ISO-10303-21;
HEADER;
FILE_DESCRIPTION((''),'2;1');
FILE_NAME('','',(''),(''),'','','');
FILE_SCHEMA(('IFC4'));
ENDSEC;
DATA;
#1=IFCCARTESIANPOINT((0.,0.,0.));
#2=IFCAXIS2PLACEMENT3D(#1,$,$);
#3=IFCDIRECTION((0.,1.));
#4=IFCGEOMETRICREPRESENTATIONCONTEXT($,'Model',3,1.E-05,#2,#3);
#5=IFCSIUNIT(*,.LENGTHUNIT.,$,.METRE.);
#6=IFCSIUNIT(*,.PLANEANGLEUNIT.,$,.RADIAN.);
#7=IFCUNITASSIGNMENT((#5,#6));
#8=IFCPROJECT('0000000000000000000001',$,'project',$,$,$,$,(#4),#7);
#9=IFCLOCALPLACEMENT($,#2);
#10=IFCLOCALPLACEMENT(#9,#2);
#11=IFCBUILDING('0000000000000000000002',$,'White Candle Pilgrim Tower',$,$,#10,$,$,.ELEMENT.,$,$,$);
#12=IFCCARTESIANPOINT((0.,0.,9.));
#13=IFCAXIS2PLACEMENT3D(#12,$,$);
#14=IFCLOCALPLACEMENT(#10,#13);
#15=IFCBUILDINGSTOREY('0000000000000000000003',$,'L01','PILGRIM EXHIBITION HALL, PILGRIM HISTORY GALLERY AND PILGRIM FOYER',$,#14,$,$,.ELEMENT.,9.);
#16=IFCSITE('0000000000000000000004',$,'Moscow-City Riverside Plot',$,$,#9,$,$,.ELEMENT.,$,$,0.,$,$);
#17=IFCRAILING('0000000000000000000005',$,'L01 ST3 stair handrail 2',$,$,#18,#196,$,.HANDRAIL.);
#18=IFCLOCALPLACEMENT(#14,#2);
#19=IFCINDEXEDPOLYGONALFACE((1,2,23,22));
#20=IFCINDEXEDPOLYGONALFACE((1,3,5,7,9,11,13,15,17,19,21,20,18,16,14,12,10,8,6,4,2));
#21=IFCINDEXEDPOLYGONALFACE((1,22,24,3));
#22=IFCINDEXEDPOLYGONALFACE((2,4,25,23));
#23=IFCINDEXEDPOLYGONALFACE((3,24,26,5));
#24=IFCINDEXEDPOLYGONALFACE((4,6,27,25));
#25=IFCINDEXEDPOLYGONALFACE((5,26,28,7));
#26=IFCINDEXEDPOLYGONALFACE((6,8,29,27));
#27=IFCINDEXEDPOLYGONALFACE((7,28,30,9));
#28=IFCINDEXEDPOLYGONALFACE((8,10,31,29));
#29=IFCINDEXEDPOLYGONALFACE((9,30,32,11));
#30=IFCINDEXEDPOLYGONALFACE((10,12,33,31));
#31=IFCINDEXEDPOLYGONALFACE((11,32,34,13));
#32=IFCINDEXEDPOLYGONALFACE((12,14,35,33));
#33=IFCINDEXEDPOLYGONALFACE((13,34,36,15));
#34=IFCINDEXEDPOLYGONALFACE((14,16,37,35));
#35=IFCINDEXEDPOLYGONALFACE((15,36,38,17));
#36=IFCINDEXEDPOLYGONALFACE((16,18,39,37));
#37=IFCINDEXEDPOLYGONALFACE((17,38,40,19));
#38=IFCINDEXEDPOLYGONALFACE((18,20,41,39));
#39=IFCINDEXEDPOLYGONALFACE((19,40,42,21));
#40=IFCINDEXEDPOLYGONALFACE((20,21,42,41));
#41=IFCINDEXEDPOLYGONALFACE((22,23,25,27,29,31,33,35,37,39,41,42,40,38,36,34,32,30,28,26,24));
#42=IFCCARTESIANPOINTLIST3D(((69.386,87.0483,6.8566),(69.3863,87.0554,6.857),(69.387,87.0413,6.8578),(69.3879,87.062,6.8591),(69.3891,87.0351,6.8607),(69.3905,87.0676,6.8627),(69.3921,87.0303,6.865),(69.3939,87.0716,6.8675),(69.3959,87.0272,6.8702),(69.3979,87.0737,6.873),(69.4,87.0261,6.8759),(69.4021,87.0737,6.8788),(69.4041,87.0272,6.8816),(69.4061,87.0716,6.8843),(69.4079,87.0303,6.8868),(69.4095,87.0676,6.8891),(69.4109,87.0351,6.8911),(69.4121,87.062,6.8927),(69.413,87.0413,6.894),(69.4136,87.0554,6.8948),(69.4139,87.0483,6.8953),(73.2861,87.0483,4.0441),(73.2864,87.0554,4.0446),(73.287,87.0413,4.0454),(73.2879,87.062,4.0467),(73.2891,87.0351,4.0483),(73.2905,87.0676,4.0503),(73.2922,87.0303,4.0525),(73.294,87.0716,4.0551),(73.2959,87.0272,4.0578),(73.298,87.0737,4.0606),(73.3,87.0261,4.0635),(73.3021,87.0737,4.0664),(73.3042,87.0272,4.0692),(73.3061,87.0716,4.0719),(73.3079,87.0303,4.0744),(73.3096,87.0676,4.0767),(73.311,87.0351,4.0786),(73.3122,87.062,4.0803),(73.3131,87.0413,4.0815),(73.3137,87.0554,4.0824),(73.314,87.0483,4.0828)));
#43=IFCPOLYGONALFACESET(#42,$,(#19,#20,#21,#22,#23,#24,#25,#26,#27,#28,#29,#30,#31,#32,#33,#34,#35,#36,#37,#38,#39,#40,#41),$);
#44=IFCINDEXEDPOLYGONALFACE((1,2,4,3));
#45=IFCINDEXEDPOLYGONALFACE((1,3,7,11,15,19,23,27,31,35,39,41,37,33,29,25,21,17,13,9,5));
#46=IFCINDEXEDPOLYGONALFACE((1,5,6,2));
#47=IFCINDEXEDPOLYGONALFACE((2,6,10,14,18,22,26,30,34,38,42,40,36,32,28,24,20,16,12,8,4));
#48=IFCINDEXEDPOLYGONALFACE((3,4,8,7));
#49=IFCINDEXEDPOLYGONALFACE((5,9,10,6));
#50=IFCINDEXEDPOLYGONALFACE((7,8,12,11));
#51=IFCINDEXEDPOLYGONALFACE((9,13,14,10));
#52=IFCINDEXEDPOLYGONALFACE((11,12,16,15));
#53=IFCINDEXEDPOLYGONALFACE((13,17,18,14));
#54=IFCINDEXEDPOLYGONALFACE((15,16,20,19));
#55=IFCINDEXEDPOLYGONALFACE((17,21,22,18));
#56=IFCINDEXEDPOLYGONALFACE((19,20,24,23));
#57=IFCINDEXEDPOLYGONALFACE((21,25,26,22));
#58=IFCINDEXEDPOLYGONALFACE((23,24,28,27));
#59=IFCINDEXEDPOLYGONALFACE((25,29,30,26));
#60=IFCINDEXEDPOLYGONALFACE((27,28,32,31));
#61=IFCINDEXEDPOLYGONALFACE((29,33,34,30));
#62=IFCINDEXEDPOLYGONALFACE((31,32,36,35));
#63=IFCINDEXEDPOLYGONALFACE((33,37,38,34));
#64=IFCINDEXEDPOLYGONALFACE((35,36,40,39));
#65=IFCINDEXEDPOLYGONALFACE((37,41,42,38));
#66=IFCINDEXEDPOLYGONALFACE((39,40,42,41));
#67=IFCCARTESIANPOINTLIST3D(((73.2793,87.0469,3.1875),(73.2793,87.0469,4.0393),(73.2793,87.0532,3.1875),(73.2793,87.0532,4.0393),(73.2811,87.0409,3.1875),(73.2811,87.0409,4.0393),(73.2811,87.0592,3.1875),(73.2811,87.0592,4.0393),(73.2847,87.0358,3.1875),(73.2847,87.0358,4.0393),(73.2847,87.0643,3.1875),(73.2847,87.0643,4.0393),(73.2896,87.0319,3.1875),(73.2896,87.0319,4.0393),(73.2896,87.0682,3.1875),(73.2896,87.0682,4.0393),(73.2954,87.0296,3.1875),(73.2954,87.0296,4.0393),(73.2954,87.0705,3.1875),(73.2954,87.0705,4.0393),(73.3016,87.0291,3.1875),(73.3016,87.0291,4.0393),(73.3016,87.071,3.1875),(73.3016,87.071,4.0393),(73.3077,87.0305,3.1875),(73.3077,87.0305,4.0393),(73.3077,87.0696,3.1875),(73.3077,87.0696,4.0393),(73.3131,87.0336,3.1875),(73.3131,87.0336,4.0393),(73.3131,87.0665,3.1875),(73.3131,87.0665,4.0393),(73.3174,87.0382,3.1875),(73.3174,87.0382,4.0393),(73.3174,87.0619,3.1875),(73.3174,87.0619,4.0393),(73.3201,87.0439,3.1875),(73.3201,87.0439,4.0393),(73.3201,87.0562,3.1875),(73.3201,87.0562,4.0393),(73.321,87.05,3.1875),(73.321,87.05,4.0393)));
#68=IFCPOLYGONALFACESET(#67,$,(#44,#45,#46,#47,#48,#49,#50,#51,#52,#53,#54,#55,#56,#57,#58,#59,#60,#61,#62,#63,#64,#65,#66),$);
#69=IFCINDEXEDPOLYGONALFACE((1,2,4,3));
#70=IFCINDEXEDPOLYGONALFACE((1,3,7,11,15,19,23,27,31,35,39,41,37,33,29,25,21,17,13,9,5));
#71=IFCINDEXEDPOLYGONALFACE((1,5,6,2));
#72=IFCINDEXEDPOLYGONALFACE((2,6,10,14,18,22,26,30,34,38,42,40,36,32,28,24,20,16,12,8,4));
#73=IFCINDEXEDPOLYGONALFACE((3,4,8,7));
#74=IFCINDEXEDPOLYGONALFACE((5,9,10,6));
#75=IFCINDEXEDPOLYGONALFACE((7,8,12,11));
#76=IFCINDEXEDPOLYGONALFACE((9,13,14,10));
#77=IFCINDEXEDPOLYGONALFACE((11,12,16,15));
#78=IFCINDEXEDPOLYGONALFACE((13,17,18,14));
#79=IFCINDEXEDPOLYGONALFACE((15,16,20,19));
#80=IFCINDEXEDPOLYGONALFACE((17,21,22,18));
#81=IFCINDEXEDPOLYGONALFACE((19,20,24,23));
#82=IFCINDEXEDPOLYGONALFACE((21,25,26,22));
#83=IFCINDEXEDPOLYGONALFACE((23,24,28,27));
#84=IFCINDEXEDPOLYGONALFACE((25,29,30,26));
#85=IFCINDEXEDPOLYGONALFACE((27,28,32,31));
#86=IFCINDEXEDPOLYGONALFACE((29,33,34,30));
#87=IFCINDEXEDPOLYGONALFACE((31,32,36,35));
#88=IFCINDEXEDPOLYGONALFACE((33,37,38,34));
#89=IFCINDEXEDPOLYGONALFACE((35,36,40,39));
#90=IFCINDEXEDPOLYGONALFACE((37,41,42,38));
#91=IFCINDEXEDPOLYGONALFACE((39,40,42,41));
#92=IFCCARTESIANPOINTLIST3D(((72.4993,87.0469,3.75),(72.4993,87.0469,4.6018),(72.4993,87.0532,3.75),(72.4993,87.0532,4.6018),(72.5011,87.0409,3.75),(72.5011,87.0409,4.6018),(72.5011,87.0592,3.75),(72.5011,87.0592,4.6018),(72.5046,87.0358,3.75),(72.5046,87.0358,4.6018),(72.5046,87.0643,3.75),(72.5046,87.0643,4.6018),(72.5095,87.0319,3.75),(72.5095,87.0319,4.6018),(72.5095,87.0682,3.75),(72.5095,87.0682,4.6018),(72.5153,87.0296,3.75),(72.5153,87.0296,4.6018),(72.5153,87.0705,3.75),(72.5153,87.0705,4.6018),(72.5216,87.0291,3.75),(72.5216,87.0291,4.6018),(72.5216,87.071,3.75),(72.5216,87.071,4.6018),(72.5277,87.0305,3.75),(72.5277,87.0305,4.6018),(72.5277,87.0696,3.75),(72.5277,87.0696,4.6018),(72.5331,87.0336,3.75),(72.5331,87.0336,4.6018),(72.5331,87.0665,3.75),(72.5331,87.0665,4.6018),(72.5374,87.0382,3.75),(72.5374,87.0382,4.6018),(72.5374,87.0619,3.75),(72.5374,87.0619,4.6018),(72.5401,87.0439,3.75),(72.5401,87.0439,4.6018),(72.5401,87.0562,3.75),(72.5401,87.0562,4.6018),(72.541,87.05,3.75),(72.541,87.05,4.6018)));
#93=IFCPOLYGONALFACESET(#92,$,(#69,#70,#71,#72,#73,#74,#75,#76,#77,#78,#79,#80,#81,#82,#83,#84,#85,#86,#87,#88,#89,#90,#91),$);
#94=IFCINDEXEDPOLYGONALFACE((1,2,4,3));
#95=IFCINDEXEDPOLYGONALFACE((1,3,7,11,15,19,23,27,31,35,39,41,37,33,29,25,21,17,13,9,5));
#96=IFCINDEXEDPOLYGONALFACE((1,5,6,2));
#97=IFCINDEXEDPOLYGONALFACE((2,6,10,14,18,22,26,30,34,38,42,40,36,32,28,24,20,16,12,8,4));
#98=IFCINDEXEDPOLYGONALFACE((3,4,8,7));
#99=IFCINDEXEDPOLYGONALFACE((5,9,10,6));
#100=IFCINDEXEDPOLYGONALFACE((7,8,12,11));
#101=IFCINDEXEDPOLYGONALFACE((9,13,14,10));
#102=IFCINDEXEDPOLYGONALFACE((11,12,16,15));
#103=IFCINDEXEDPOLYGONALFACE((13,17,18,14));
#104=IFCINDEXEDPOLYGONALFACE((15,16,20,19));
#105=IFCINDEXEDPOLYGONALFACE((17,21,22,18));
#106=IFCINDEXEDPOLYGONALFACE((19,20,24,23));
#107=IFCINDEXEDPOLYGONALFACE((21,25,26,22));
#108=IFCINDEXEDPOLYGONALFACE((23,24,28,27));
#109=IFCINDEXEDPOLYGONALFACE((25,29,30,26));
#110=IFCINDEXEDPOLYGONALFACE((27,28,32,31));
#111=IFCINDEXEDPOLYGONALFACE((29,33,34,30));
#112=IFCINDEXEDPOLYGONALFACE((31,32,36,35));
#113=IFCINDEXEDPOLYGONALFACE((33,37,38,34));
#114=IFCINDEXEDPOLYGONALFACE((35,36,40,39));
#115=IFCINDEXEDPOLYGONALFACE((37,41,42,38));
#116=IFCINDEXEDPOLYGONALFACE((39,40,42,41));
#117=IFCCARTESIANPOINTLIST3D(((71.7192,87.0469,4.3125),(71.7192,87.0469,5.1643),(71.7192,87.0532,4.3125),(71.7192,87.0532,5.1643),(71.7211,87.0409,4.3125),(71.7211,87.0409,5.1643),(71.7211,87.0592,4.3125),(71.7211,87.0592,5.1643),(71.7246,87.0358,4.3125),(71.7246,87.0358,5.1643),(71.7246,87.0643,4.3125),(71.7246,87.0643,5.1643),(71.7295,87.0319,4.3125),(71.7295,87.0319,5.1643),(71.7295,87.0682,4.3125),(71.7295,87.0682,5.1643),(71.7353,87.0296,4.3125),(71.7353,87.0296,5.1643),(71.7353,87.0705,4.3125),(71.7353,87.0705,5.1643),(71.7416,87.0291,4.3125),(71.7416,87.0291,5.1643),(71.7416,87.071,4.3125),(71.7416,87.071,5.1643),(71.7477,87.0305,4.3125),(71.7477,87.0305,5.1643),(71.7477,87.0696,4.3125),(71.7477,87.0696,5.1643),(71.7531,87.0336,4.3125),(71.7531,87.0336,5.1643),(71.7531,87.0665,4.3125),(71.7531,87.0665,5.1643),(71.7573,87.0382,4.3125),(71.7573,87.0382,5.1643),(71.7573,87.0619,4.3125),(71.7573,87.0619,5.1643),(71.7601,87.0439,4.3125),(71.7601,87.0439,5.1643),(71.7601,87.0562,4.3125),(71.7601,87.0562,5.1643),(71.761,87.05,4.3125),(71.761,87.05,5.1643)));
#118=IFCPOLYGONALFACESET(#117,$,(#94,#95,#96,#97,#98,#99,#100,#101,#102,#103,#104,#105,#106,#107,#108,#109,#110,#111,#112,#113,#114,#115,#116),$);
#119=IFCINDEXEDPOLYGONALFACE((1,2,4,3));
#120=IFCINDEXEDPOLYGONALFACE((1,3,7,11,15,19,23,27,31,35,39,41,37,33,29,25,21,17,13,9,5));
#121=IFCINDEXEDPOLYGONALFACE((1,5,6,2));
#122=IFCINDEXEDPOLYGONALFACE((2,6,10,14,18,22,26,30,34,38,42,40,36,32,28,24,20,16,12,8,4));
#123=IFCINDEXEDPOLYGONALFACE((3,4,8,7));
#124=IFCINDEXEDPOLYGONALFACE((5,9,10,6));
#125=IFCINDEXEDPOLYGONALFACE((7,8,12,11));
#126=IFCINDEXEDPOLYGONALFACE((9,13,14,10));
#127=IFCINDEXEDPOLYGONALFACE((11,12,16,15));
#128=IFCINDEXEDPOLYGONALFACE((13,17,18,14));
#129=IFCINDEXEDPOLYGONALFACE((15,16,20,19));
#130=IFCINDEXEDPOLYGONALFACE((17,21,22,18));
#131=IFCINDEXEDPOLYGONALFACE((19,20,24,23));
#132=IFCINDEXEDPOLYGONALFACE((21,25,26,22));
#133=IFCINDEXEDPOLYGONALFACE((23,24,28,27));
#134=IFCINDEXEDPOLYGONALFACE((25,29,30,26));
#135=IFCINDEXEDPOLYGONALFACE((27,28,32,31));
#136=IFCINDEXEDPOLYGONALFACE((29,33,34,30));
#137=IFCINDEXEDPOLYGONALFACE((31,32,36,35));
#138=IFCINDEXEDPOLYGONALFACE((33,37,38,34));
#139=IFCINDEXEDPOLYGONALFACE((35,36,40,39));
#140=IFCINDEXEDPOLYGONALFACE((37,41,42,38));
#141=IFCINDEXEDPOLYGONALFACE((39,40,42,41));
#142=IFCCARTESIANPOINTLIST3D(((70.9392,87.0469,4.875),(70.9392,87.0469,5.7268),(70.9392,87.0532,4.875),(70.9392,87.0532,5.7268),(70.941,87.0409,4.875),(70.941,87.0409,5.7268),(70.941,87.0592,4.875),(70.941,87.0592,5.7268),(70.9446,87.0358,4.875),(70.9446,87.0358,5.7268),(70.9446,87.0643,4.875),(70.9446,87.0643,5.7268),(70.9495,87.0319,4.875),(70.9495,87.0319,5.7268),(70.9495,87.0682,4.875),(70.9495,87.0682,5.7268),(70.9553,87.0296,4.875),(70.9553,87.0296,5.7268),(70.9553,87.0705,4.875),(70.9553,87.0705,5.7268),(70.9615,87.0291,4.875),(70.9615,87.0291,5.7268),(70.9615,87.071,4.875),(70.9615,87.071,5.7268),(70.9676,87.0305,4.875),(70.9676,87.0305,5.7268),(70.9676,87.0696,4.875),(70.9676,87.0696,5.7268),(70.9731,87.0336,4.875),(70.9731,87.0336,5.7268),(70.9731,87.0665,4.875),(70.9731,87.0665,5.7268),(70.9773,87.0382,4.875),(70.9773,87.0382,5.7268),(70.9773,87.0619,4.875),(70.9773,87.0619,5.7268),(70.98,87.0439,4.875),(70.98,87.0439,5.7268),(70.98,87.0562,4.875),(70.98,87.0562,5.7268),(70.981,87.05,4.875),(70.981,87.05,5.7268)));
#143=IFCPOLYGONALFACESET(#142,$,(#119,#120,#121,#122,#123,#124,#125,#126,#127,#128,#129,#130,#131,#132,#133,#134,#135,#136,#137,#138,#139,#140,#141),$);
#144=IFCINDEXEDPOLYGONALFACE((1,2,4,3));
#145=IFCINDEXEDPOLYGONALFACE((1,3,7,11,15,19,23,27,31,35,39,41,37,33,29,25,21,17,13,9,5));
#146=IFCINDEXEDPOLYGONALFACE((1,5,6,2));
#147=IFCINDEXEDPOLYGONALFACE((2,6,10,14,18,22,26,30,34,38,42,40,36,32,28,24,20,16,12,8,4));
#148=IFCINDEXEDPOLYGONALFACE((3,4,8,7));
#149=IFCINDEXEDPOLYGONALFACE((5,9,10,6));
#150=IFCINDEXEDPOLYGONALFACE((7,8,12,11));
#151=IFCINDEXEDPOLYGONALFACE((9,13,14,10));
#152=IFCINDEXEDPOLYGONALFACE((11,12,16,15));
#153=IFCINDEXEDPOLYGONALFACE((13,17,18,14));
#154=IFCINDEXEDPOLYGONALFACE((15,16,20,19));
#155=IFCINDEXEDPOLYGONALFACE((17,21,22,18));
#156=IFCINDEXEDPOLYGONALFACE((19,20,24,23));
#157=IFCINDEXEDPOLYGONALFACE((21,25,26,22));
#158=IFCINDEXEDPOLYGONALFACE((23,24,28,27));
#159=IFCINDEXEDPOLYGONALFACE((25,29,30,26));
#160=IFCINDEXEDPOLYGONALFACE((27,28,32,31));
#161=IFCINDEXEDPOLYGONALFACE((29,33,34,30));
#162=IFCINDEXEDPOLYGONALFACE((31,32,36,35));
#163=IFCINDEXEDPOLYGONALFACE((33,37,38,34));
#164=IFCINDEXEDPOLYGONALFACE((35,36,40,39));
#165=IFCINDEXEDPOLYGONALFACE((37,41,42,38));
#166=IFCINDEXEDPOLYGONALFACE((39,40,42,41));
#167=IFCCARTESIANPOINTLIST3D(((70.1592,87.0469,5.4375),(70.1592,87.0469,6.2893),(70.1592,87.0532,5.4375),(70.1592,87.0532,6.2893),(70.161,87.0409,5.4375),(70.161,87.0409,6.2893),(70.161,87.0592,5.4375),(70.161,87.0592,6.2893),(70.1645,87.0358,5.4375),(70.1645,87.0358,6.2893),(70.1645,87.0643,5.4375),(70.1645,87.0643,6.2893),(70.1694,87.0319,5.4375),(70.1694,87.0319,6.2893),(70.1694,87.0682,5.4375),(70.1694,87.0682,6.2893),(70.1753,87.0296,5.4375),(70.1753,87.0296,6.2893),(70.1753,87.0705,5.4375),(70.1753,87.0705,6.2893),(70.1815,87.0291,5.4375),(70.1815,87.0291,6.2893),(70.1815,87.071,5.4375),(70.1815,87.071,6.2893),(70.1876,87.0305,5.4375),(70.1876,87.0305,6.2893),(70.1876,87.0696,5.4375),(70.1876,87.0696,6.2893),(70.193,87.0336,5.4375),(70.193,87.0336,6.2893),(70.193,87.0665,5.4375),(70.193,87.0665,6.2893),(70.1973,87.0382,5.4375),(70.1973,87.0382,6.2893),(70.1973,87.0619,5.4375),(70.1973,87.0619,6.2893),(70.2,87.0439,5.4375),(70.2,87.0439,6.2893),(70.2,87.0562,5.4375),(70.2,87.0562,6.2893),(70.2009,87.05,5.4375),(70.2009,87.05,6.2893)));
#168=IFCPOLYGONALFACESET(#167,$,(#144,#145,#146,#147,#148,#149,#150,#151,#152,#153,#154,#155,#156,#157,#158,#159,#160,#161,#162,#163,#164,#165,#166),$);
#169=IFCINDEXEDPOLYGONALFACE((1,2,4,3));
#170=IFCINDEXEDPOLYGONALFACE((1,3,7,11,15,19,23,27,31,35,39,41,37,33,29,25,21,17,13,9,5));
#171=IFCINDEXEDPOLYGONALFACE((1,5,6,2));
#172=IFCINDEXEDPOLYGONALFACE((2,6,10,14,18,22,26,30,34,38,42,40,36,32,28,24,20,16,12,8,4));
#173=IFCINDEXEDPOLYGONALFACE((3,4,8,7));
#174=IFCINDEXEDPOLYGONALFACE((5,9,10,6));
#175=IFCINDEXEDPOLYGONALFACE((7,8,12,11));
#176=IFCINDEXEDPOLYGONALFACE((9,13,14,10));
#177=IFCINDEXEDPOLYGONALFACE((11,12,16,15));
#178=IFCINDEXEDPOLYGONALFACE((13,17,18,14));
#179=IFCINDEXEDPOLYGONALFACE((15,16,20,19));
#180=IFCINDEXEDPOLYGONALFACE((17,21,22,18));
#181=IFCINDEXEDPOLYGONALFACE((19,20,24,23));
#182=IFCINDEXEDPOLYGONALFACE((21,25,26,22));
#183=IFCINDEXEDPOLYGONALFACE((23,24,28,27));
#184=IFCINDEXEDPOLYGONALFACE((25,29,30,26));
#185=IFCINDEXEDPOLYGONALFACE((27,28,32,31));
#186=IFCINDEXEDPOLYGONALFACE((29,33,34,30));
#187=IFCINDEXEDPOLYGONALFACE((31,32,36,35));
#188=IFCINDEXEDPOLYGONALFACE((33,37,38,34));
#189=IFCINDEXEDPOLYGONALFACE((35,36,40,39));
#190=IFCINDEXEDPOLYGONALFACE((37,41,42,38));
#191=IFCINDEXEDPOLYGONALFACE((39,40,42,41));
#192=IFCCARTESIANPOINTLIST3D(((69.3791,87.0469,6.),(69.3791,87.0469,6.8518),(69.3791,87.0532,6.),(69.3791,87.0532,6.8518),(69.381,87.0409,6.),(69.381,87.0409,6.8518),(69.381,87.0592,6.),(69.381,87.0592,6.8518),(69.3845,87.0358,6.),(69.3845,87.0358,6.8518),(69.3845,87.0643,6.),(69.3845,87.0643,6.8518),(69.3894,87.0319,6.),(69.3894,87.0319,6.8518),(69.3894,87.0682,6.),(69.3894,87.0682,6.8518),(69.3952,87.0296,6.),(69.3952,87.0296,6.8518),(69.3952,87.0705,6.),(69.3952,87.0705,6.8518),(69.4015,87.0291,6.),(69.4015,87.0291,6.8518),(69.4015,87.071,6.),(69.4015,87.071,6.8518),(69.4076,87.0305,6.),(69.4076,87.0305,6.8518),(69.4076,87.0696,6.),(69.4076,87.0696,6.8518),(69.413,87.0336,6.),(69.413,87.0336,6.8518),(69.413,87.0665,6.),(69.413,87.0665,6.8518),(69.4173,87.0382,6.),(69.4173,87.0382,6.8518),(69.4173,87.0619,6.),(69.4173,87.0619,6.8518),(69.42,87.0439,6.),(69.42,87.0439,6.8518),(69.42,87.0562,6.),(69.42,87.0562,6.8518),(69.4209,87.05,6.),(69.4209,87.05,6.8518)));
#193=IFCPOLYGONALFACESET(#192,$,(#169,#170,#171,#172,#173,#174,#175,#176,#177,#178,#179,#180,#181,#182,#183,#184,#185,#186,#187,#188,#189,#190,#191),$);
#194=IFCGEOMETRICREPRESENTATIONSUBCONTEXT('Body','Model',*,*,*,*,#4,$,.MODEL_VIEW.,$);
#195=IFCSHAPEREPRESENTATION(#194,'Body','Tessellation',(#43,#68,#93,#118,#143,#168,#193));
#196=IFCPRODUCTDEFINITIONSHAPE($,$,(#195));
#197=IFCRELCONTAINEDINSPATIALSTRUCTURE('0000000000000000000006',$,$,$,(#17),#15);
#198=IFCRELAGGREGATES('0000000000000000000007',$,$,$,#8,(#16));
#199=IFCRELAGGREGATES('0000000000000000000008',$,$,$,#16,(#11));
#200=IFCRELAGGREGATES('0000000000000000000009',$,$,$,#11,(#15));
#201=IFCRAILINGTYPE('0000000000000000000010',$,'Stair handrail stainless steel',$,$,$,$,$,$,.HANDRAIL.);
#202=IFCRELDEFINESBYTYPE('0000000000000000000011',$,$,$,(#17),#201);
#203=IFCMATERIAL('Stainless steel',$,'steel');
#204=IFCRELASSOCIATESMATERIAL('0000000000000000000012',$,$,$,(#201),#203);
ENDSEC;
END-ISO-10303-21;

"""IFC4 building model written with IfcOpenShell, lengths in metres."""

from ifc_helpers import new_model, si_unit, direction, frame, origin, origin_2d, place, context, subcontext, project, spatial, circle, extrude, material, type_object, element, save


model = new_model("IFC4")

# Units and contexts
model_context = context("Model", 3, precision=1e-05, world=origin(), true_north=direction((0.0, 1.0)))
body_context = subcontext(model_context, "Body", "Model", "MODEL_VIEW")
ifc_project = project(units=[si_unit("LENGTHUNIT", "METRE"), si_unit("PLANEANGLEUNIT", "RADIAN")], contexts=[model_context])

# Site, building, storey
site_placement = place(None, origin())
site = spatial("IfcSite", under=ifc_project, at=site_placement, Name="Moscow-City Riverside Plot", CompositionType="ELEMENT", RefElevation=0.0)
building_placement = place(site_placement, origin())
building = spatial("IfcBuilding", under=site, at=building_placement, Name="White Candle Pilgrim Tower", CompositionType="ELEMENT")
storey_placement = place(building_placement, frame((0.0, 0.0, 9.0)))
storey = spatial("IfcBuildingStorey", under=building, at=storey_placement, Name="L01", Description="PILGRIM EXHIBITION HALL, PILGRIM HISTORY GALLERY AND PILGRIM FOYER", CompositionType="ELEMENT", Elevation=9.0)

# Railing
ifc_material_1 = material(Name="Stainless steel", Category="steel")
railing_type_1 = type_object("IfcRailingType", Name="Stair handrail stainless steel", PredefinedType="HANDRAIL", material=ifc_material_1)
railing_1_placement = place(storey_placement, frame((73.3, 87.05, 3.1875)))
element("IfcRailing", 1, at=railing_1_placement, inside=storey, type_object=railing_type_1, Name="L01 ST3 stair handrail 2", PredefinedType="HANDRAIL", context=body_context, shape_type="SweptSolid", body=[
    extrude(circle(Radius=0.0239, at=origin_2d()), frame((0.0, 0.0, 0.876), z_axis=(-0.811101, 0.0, 0.584906), x_axis=(0.0, -1.0, 0.0)), (0.0, 0.0, 1.0), 4.8083),
    extrude(circle(Radius=0.021, at=origin_2d()), origin(), (0.0, 0.0, 1.0), 0.8518),
    extrude(circle(Radius=0.021, at=origin_2d()), frame((-0.78, 0.0, 0.5625)), (0.0, 0.0, 1.0), 0.8518),
    extrude(circle(Radius=0.021, at=origin_2d()), frame((-1.5601, 0.0, 1.125)), (0.0, 0.0, 1.0), 0.8518),
    extrude(circle(Radius=0.021, at=origin_2d()), frame((-2.3401, 0.0, 1.6875)), (0.0, 0.0, 1.0), 0.8518),
    extrude(circle(Radius=0.021, at=origin_2d()), frame((-3.1201, 0.0, 2.25)), (0.0, 0.0, 1.0), 0.8518),
    extrude(circle(Radius=0.021, at=origin_2d()), frame((-3.9001, 0.0, 2.8125)), (0.0, 0.0, 1.0), 0.8518),
])

save(model, "model.ifc")
